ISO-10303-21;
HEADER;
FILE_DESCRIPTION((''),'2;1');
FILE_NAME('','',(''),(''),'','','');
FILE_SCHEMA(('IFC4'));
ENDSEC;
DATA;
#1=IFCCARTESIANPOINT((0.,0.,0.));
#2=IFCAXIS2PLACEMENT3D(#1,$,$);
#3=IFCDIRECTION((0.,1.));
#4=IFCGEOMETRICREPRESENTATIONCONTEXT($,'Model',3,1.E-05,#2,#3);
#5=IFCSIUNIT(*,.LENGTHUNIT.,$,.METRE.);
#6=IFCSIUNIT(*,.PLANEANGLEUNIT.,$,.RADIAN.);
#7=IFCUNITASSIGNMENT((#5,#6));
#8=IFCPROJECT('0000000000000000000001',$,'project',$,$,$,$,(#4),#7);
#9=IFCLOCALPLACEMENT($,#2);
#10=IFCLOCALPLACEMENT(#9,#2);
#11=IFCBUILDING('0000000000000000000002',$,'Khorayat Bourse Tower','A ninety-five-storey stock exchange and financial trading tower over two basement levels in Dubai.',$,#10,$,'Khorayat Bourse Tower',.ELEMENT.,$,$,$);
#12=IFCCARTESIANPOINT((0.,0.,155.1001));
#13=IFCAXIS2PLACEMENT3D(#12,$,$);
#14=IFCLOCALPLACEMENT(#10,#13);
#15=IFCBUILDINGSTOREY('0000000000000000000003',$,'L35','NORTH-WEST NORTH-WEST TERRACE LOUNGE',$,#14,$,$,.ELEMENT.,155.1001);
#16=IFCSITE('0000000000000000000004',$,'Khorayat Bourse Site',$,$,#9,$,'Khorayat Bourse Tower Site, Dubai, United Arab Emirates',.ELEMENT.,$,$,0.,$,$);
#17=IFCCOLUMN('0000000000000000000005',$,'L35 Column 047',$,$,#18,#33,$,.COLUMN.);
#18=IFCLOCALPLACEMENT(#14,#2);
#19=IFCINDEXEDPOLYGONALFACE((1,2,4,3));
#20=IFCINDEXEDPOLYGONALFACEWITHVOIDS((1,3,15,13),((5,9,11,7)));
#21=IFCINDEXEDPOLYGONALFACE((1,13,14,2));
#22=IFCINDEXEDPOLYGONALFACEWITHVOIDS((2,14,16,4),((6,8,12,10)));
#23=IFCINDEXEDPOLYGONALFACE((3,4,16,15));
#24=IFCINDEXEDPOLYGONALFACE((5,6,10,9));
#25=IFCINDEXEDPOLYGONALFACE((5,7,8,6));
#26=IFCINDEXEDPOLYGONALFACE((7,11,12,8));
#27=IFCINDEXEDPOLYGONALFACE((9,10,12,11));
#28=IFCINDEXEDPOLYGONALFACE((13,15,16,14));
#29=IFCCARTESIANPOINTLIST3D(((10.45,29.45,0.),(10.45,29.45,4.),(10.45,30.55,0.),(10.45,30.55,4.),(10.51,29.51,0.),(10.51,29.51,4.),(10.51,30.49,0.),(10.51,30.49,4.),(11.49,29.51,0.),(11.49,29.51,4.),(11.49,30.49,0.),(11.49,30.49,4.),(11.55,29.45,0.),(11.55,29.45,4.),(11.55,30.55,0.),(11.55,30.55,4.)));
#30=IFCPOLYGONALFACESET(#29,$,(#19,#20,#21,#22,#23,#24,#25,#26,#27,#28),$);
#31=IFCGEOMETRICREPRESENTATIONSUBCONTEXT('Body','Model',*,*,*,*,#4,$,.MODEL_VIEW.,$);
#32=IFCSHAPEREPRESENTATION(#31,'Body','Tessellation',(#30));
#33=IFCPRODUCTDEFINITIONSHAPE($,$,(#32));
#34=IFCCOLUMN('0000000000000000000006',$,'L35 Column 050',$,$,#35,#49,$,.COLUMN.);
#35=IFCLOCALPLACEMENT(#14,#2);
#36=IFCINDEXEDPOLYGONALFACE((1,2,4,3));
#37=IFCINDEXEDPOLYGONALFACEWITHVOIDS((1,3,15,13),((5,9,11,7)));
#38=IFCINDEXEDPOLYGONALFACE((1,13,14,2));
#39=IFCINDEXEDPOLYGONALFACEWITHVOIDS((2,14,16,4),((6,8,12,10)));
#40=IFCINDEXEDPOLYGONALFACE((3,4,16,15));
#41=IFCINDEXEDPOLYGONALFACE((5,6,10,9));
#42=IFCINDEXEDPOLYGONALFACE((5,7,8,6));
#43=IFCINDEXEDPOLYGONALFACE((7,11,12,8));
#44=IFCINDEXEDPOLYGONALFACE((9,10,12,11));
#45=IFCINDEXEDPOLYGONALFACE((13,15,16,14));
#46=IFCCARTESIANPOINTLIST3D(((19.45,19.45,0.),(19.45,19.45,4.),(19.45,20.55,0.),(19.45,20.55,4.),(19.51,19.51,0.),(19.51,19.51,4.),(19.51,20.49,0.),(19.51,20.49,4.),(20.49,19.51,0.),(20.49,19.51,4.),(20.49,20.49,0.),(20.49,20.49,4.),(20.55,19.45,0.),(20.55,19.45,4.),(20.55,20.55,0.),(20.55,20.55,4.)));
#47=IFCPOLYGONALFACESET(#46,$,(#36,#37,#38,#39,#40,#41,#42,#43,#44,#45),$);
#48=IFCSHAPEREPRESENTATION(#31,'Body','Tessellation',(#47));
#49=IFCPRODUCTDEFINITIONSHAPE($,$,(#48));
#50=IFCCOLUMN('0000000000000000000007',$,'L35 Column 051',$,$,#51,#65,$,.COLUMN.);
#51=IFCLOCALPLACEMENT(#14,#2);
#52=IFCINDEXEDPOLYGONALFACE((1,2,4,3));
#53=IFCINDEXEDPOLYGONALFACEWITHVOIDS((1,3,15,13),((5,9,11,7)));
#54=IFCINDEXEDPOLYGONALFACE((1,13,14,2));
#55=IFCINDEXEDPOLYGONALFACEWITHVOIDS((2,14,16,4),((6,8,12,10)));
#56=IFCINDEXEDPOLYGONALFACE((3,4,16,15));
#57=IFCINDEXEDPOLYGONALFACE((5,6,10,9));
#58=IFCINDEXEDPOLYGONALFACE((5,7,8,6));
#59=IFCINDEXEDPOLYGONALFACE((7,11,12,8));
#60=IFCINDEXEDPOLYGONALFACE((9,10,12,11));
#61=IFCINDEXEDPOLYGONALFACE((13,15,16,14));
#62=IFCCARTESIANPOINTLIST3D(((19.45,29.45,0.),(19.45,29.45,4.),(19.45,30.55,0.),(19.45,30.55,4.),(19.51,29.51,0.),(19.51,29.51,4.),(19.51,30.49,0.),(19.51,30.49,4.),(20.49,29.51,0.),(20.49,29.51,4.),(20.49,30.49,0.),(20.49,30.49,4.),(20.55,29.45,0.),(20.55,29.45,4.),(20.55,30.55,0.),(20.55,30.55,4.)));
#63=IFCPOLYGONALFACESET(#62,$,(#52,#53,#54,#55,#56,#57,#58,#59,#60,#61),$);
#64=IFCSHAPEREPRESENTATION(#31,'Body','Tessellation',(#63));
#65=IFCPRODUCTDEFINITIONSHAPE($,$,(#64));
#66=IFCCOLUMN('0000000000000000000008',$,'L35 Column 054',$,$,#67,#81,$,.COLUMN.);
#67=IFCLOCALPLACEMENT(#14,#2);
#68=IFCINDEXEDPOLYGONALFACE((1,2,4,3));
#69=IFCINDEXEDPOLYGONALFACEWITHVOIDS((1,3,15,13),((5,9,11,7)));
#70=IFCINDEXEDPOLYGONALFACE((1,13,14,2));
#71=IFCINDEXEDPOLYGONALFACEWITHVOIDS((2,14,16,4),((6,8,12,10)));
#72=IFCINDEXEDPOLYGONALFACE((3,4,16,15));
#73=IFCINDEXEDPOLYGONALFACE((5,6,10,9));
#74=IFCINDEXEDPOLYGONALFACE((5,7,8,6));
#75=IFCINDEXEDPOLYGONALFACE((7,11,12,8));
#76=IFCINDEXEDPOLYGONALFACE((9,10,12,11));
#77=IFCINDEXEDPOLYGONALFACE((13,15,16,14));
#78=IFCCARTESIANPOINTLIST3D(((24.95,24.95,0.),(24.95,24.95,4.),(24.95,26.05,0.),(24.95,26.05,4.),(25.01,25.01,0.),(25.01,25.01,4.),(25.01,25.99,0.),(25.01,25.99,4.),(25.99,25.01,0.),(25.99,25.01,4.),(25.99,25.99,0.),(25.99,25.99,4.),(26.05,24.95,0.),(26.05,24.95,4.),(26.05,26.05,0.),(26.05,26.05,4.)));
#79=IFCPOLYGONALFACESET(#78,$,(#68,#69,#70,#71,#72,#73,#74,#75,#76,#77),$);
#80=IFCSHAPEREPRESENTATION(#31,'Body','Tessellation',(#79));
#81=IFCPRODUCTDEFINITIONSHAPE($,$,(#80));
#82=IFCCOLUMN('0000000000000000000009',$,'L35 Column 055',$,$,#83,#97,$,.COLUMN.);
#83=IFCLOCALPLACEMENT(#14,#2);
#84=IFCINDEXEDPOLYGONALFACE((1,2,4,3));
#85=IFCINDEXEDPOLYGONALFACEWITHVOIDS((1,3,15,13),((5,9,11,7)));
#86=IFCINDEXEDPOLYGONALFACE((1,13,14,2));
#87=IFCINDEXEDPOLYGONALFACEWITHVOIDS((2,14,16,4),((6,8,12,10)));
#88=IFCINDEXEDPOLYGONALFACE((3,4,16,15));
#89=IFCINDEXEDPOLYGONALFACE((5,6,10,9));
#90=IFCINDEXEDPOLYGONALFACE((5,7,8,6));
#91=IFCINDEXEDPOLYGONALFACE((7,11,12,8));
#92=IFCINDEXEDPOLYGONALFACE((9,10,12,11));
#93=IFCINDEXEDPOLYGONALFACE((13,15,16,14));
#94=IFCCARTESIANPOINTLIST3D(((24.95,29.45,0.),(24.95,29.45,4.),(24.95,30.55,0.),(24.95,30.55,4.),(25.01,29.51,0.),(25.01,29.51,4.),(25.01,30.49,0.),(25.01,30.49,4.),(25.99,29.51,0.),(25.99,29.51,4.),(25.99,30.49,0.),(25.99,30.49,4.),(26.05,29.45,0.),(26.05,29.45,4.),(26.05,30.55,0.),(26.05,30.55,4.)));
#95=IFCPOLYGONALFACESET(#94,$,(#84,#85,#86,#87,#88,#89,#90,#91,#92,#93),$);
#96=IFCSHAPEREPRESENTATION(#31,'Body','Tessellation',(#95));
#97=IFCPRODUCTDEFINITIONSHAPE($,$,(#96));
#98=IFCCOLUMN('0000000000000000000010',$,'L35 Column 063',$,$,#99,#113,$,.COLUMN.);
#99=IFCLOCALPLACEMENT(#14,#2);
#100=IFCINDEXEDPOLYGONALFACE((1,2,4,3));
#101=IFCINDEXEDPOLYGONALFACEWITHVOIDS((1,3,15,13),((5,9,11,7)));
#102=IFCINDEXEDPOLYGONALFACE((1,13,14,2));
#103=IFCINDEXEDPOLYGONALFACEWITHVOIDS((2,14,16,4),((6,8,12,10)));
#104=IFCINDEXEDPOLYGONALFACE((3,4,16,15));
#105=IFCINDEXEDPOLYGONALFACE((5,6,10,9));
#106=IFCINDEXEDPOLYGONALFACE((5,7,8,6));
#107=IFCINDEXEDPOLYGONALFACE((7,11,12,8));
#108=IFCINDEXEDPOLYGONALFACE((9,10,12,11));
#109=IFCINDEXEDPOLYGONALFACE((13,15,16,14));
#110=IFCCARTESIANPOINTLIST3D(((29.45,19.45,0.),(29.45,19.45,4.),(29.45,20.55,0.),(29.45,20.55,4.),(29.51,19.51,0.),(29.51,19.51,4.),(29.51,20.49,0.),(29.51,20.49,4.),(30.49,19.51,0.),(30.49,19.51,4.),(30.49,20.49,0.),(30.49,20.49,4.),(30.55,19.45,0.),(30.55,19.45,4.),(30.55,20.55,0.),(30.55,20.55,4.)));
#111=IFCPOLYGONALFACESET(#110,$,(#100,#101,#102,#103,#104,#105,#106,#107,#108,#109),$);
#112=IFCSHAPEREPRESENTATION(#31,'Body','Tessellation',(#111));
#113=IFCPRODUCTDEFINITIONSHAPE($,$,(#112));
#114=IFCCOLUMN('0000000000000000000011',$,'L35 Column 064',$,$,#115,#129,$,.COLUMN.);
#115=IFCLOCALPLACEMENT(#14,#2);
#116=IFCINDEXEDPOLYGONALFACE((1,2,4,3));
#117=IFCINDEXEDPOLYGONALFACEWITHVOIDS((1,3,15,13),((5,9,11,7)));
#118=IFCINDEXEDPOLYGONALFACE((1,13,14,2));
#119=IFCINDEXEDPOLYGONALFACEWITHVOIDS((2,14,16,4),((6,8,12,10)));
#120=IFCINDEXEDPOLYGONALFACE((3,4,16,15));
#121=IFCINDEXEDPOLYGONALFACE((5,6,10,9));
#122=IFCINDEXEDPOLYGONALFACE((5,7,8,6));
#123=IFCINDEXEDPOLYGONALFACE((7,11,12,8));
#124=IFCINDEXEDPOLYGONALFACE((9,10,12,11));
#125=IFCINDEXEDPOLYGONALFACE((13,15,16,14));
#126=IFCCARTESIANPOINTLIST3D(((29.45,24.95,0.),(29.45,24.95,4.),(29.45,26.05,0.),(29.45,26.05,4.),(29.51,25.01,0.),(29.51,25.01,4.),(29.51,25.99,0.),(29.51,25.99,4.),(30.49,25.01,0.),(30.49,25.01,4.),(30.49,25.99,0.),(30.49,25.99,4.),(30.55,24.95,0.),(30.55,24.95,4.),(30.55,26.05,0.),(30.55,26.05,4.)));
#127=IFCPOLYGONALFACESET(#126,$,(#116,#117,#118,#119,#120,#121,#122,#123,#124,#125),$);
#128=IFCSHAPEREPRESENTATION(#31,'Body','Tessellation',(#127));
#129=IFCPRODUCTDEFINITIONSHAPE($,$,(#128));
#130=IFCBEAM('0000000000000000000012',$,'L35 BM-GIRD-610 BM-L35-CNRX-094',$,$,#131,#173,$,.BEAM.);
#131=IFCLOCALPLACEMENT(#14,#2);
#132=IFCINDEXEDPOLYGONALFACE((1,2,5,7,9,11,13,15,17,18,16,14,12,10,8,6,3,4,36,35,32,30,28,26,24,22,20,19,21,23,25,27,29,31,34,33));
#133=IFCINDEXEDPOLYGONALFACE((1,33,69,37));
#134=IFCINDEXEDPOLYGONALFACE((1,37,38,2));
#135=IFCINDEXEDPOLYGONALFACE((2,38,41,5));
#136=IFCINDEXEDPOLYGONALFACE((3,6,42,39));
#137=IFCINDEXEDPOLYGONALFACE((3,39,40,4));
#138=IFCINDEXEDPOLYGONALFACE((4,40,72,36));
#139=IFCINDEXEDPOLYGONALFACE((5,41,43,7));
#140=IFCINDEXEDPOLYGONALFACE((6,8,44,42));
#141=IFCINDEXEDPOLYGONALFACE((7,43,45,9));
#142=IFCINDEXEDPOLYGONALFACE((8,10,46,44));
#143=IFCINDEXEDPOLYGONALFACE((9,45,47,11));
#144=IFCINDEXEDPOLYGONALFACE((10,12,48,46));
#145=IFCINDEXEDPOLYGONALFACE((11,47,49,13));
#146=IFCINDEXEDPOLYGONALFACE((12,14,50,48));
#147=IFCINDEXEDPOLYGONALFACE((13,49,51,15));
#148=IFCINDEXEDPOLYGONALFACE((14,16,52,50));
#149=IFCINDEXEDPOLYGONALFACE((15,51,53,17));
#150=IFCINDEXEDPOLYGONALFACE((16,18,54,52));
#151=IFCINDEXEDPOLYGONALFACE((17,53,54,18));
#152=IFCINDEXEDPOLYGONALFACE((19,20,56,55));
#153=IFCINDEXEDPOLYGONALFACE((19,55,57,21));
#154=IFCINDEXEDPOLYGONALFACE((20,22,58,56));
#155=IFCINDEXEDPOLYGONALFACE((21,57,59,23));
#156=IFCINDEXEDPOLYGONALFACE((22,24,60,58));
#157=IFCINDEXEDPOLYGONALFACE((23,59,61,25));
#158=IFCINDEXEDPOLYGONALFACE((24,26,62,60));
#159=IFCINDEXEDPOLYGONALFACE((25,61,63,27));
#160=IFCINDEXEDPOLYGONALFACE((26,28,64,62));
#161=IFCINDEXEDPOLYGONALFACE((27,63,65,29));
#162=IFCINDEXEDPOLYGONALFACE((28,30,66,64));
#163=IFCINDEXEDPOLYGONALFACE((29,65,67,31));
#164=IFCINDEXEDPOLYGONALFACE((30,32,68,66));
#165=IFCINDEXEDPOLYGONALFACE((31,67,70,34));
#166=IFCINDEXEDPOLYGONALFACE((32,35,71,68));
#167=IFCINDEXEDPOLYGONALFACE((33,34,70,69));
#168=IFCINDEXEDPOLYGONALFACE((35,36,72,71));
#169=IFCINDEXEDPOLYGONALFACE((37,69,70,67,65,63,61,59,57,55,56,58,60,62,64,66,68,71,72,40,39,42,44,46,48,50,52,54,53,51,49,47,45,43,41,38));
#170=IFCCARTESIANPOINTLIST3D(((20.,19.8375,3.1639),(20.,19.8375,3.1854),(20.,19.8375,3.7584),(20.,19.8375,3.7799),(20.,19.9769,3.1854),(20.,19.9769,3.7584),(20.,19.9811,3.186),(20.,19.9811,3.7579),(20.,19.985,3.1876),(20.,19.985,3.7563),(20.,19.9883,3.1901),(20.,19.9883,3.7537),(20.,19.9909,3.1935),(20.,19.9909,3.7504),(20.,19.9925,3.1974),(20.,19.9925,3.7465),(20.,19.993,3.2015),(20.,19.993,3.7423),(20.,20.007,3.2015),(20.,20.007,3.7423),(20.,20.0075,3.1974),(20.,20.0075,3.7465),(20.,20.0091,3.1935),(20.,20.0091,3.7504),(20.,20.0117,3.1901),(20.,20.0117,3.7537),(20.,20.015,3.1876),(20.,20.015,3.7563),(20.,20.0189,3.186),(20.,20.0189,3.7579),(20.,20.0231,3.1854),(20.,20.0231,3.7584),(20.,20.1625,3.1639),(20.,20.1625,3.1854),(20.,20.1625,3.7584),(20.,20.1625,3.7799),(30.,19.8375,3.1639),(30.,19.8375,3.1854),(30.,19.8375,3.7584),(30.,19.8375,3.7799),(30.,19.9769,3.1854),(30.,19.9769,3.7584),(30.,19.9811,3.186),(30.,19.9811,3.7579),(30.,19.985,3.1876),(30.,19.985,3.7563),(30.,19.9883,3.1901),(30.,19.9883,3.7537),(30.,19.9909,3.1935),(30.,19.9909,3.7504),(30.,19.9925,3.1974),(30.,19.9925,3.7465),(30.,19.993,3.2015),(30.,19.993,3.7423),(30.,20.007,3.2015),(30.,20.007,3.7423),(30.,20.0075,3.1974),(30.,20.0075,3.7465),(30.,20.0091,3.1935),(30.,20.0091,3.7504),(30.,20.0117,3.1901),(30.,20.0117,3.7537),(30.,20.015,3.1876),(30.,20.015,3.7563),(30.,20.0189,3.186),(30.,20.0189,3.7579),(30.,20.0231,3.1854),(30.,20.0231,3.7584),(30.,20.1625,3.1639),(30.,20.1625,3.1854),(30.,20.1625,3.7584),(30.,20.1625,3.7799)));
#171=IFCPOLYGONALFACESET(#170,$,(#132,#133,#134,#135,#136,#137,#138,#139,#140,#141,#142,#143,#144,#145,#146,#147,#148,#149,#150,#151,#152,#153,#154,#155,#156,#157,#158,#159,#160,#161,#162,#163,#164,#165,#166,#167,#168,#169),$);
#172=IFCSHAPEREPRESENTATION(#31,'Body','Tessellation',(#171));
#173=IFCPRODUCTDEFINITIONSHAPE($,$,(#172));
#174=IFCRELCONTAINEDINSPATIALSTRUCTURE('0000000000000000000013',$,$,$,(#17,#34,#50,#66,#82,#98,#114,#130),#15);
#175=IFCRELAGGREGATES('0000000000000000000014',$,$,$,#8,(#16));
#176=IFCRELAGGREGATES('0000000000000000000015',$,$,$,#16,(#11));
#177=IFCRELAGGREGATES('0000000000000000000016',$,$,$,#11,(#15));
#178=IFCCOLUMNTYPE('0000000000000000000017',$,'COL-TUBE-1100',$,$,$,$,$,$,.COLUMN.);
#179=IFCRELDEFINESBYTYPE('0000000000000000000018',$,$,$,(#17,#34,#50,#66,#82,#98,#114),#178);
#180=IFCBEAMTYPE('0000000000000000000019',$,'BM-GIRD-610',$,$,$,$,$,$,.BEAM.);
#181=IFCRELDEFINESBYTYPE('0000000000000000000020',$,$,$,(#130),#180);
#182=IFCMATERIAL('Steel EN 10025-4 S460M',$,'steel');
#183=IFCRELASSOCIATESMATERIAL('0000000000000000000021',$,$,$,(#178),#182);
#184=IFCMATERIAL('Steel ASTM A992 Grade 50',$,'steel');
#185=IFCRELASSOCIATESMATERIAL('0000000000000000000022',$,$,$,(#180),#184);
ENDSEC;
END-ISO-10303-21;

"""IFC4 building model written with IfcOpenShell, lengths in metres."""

from ifc_helpers import new_model, si_unit, direction, frame, origin, origin_2d, place, context, subcontext, project, spatial, hollow_rectangle, i_section, extrude, source, transform, mapped, material, material_profile, profile_set, type_object, element, save


model = new_model("IFC4")

# Units and contexts
model_context = context("Model", 3, precision=1e-05, world=origin(), true_north=direction((0.0, 1.0)))
body_context = subcontext(model_context, "Body", "Model", "MODEL_VIEW")
ifc_project = project(units=[si_unit("LENGTHUNIT", "METRE"), si_unit("PLANEANGLEUNIT", "RADIAN")], contexts=[model_context])

# Site, building, storey
site_placement = place(None, origin())
site = spatial("IfcSite", under=ifc_project, at=site_placement, Name="Khorayat Bourse Site", LongName="Khorayat Bourse Tower Site, Dubai, United Arab Emirates", CompositionType="ELEMENT", RefElevation=0.0)
building_placement = place(site_placement, origin())
building = spatial("IfcBuilding", under=site, at=building_placement, Name="Khorayat Bourse Tower", Description="A ninety-five-storey stock exchange and financial trading tower over two basement levels in Dubai.", LongName="Khorayat Bourse Tower", CompositionType="ELEMENT")
storey_placement = place(building_placement, frame((0.0, 0.0, 155.1001)))
storey = spatial("IfcBuildingStorey", under=building, at=storey_placement, Name="L35", Description="NORTH-WEST NORTH-WEST TERRACE LOUNGE", CompositionType="ELEMENT", Elevation=155.1001)

# Columns
ifc_material_1 = material(Name="Steel EN 10025-4 S460M", Category="steel")
ifc_material_profile_1 = material_profile(ifc_material_1, hollow_rectangle(XDim=1.1001, YDim=1.1001, WallThickness=0.0601, at=origin_2d()), Name="BOX 1100x1100x60")
ifc_profile_set_1 = profile_set([ifc_material_profile_1], Name="Steel EN 10025-4 S460M")
column_type = type_object("IfcColumnType", Name="COL-TUBE-1100", PredefinedType="COLUMN", material=ifc_profile_set_1)
shared_shape_1 = source(origin(), body_context, "Body", "SweptSolid", [
    extrude(hollow_rectangle(XDim=1.1001, YDim=1.1001, WallThickness=0.0601, at=origin_2d()), origin(), (0.0, 0.0, 1.0), 4.0),
])
for number, where, z_axis, x_axis, name in (
    (1, (11.0, 30.0, 0.0), (0.0, 0.0, 1.0), (1.0, 0.0, 0.0), "L35 Column 047"),
    (2, (20.0, 20.0, 0.0), (0.0, 0.0, 1.0), (1.0, 0.0, 0.0), "L35 Column 050"),
    (3, (20.0, 30.0, 0.0), (0.0, 0.0, 1.0), (1.0, 0.0, 0.0), "L35 Column 051"),
    (4, (25.5, 25.5, 0.0), (0.0, 0.0, 1.0), (1.0, 0.0, 0.0), "L35 Column 054"),
    (5, (25.5, 30.0, 0.0), (0.0, 0.0, 1.0), (1.0, 0.0, 0.0), "L35 Column 055"),
    (6, (30.0, 20.0, 0.0), (0.0, 0.0, 1.0), (1.0, 0.0, 0.0), "L35 Column 063"),
    (7, (30.0, 25.5, 0.0), (0.0, 0.0, 1.0), (1.0, 0.0, 0.0), "L35 Column 064"),
):
    element("IfcColumn", number, at=place(storey_placement, frame(where, z_axis=z_axis, x_axis=x_axis)), inside=storey, type_object=column_type, Name=name, PredefinedType="COLUMN", context=body_context, shape_type="MappedRepresentation", body=[
        mapped(shared_shape_1, transform((0.0, 0.0, 0.0), scale=1.0)),
    ])

# Beam
ifc_material_2 = material(Name="Steel ASTM A992 Grade 50", Category="steel")
ifc_material_profile_2 = material_profile(ifc_material_2, i_section(OverallWidth=0.325, OverallDepth=0.616, WebThickness=0.0139, FlangeThickness=0.0215, FilletRadius=0.0161, at=origin_2d()), Name="W610X174")
ifc_profile_set_2 = profile_set([ifc_material_profile_2], Name="Steel ASTM A992 Grade 50")
beam_type_1 = type_object("IfcBeamType", Name="BM-GIRD-610", PredefinedType="BEAM", material=ifc_profile_set_2)
shared_shape_2 = source(origin(), body_context, "Body", "SweptSolid", [
    extrude(i_section(OverallWidth=0.325, OverallDepth=0.616, WebThickness=0.0139, FlangeThickness=0.0215, FilletRadius=0.0161, at=origin_2d()), origin(), (0.0, 0.0, 1.0), 10.0),
])
beam_1_placement = place(storey_placement, frame((20.0, 20.0, 3.4719), z_axis=(1.0, 0.0, 0.0), x_axis=(0.0, 1.0, 0.0)))
element("IfcBeam", 8, at=beam_1_placement, inside=storey, type_object=beam_type_1, Name="L35 BM-GIRD-610 BM-L35-CNRX-094", PredefinedType="BEAM", context=body_context, shape_type="MappedRepresentation", body=[
    mapped(shared_shape_2, transform((0.0, 0.0, 0.0), scale=1.0)),
])

save(model, "model.ifc")
